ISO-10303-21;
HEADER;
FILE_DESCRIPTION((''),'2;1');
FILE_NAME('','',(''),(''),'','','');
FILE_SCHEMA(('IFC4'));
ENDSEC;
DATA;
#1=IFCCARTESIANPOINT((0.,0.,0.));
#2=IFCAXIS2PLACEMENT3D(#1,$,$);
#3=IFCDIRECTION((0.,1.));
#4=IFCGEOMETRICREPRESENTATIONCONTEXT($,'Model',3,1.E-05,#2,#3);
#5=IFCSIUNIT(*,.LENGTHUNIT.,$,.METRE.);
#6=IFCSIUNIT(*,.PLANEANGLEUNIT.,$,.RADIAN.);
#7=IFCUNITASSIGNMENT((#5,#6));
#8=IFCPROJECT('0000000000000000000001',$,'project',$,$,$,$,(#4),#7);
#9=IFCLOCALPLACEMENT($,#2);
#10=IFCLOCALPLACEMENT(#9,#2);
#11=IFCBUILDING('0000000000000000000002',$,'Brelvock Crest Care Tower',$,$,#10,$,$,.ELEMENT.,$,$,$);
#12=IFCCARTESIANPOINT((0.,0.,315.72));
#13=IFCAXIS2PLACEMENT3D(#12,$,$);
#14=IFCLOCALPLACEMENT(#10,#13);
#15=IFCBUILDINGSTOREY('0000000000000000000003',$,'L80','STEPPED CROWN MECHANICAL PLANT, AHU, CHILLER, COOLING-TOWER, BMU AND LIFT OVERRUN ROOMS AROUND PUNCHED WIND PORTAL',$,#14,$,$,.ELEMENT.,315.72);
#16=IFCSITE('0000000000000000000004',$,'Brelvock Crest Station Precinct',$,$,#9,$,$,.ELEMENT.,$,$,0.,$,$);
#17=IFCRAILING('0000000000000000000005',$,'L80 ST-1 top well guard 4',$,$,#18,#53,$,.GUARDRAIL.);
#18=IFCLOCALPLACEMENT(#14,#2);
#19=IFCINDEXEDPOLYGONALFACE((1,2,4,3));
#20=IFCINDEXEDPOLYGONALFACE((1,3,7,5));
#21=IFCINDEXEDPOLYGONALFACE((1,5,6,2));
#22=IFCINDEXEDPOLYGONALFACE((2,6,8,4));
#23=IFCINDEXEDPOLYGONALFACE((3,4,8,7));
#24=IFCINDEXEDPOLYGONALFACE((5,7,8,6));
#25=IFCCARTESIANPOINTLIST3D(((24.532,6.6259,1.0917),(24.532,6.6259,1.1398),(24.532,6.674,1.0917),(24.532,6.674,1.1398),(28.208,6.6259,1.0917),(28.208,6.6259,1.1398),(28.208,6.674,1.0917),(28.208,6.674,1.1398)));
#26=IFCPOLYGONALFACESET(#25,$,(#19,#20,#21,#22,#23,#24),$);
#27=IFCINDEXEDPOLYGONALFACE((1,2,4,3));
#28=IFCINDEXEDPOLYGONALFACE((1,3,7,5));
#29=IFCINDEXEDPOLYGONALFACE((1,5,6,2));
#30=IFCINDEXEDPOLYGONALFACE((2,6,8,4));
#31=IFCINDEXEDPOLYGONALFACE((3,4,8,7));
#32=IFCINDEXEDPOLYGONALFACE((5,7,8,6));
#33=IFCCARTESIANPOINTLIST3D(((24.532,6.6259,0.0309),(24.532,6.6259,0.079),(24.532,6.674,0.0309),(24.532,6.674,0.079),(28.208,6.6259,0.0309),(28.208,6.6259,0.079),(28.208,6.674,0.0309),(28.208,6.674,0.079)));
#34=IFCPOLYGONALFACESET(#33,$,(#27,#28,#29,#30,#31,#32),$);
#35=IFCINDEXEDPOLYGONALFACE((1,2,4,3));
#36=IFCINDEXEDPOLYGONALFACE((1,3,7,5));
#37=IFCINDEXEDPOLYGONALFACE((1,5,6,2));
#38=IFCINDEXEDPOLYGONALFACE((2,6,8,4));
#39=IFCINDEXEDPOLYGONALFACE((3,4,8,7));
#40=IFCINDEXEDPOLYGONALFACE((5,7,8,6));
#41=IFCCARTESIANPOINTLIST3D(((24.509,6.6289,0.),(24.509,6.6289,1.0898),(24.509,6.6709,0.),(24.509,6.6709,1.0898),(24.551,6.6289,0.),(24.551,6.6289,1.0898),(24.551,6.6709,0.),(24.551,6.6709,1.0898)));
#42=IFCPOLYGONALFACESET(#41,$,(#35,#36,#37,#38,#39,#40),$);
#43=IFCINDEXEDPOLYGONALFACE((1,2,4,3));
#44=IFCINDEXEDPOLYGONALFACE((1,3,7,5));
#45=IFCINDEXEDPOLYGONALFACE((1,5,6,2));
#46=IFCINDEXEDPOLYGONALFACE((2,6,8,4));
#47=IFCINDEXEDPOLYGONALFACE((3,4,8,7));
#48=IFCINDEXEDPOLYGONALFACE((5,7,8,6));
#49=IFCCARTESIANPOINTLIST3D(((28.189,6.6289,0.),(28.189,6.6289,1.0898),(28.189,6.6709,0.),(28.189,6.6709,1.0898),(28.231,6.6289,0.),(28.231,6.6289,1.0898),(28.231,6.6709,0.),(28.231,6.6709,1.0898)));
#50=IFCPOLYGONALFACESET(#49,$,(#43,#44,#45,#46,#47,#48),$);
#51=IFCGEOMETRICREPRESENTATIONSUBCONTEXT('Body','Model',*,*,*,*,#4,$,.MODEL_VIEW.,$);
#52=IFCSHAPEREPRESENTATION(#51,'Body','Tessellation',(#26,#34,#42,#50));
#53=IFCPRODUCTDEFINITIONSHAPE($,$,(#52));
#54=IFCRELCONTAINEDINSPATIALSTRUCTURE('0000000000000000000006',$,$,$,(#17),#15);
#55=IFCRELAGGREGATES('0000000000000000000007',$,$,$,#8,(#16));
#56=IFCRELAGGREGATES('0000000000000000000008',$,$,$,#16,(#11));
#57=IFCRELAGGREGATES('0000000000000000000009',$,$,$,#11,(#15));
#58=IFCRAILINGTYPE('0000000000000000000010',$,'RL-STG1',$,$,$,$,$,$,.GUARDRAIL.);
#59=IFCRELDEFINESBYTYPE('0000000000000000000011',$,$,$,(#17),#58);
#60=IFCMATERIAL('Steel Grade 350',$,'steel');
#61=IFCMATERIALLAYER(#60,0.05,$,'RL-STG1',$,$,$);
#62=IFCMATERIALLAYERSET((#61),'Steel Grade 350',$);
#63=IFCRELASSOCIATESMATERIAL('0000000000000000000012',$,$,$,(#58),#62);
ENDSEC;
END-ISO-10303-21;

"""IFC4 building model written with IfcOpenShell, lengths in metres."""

from ifc_helpers import new_model, si_unit, direction, frame, origin, origin_2d, place, context, subcontext, project, spatial, rectangle, extrude, material, layer, layer_set, type_object, element, save


model = new_model("IFC4")

# Units and contexts
model_context = context("Model", 3, precision=1e-05, world=origin(), true_north=direction((0.0, 1.0)))
body_context = subcontext(model_context, "Body", "Model", "MODEL_VIEW")
ifc_project = project(units=[si_unit("LENGTHUNIT", "METRE"), si_unit("PLANEANGLEUNIT", "RADIAN")], contexts=[model_context])

# Site, building, storey
site_placement = place(None, origin())
site = spatial("IfcSite", under=ifc_project, at=site_placement, Name="Brelvock Crest Station Precinct", CompositionType="ELEMENT", RefElevation=0.0)
building_placement = place(site_placement, origin())
building = spatial("IfcBuilding", under=site, at=building_placement, Name="Brelvock Crest Care Tower", CompositionType="ELEMENT")
storey_placement = place(building_placement, frame((0.0, 0.0, 315.72)))
storey = spatial("IfcBuildingStorey", under=building, at=storey_placement, Name="L80", Description="STEPPED CROWN MECHANICAL PLANT, AHU, CHILLER, COOLING-TOWER, BMU AND LIFT OVERRUN ROOMS AROUND PUNCHED WIND PORTAL", CompositionType="ELEMENT", Elevation=315.72)

# Shared definitions
ifc_material_1 = material(Name="Steel Grade 350", Category="steel")

# Railing
ifc_layer_1 = layer(ifc_material_1, 0.05, Name="RL-STG1")
ifc_layer_set_1 = layer_set([ifc_layer_1], Name="Steel Grade 350")
railing_type = type_object("IfcRailingType", Name="RL-STG1", PredefinedType="GUARDRAIL", material=ifc_layer_set_1)
railing_1_placement = place(storey_placement, frame((24.53, 6.6499, 0.0)))
element("IfcRailing", 1, at=railing_1_placement, inside=storey, type_object=railing_type, Name="L80 ST-1 top well guard 4", PredefinedType="GUARDRAIL", context=body_context, shape_type="SweptSolid", body=[
    extrude(rectangle(XDim=0.0481, YDim=0.0481, at=origin_2d()), frame((0.002, 0.0, 1.1157), z_axis=(1.0, 0.0, 0.0), x_axis=(0.0, 1.0, 0.0)), (0.0, 0.0, 1.0), 3.676),
    extrude(rectangle(XDim=0.0481, YDim=0.0481, at=origin_2d()), frame((0.002, 0.0, 0.0549), z_axis=(1.0, 0.0, 0.0), x_axis=(0.0, 1.0, 0.0)), (0.0, 0.0, 1.0), 3.676),
    extrude(rectangle(XDim=0.042, YDim=0.042, at=origin_2d()), origin(), (0.0, 0.0, 1.0), 1.0898),
    extrude(rectangle(XDim=0.042, YDim=0.042, at=origin_2d()), frame((3.6799, 0.0, 0.0)), (0.0, 0.0, 1.0), 1.0898),
])

save(model, "model.ifc")
